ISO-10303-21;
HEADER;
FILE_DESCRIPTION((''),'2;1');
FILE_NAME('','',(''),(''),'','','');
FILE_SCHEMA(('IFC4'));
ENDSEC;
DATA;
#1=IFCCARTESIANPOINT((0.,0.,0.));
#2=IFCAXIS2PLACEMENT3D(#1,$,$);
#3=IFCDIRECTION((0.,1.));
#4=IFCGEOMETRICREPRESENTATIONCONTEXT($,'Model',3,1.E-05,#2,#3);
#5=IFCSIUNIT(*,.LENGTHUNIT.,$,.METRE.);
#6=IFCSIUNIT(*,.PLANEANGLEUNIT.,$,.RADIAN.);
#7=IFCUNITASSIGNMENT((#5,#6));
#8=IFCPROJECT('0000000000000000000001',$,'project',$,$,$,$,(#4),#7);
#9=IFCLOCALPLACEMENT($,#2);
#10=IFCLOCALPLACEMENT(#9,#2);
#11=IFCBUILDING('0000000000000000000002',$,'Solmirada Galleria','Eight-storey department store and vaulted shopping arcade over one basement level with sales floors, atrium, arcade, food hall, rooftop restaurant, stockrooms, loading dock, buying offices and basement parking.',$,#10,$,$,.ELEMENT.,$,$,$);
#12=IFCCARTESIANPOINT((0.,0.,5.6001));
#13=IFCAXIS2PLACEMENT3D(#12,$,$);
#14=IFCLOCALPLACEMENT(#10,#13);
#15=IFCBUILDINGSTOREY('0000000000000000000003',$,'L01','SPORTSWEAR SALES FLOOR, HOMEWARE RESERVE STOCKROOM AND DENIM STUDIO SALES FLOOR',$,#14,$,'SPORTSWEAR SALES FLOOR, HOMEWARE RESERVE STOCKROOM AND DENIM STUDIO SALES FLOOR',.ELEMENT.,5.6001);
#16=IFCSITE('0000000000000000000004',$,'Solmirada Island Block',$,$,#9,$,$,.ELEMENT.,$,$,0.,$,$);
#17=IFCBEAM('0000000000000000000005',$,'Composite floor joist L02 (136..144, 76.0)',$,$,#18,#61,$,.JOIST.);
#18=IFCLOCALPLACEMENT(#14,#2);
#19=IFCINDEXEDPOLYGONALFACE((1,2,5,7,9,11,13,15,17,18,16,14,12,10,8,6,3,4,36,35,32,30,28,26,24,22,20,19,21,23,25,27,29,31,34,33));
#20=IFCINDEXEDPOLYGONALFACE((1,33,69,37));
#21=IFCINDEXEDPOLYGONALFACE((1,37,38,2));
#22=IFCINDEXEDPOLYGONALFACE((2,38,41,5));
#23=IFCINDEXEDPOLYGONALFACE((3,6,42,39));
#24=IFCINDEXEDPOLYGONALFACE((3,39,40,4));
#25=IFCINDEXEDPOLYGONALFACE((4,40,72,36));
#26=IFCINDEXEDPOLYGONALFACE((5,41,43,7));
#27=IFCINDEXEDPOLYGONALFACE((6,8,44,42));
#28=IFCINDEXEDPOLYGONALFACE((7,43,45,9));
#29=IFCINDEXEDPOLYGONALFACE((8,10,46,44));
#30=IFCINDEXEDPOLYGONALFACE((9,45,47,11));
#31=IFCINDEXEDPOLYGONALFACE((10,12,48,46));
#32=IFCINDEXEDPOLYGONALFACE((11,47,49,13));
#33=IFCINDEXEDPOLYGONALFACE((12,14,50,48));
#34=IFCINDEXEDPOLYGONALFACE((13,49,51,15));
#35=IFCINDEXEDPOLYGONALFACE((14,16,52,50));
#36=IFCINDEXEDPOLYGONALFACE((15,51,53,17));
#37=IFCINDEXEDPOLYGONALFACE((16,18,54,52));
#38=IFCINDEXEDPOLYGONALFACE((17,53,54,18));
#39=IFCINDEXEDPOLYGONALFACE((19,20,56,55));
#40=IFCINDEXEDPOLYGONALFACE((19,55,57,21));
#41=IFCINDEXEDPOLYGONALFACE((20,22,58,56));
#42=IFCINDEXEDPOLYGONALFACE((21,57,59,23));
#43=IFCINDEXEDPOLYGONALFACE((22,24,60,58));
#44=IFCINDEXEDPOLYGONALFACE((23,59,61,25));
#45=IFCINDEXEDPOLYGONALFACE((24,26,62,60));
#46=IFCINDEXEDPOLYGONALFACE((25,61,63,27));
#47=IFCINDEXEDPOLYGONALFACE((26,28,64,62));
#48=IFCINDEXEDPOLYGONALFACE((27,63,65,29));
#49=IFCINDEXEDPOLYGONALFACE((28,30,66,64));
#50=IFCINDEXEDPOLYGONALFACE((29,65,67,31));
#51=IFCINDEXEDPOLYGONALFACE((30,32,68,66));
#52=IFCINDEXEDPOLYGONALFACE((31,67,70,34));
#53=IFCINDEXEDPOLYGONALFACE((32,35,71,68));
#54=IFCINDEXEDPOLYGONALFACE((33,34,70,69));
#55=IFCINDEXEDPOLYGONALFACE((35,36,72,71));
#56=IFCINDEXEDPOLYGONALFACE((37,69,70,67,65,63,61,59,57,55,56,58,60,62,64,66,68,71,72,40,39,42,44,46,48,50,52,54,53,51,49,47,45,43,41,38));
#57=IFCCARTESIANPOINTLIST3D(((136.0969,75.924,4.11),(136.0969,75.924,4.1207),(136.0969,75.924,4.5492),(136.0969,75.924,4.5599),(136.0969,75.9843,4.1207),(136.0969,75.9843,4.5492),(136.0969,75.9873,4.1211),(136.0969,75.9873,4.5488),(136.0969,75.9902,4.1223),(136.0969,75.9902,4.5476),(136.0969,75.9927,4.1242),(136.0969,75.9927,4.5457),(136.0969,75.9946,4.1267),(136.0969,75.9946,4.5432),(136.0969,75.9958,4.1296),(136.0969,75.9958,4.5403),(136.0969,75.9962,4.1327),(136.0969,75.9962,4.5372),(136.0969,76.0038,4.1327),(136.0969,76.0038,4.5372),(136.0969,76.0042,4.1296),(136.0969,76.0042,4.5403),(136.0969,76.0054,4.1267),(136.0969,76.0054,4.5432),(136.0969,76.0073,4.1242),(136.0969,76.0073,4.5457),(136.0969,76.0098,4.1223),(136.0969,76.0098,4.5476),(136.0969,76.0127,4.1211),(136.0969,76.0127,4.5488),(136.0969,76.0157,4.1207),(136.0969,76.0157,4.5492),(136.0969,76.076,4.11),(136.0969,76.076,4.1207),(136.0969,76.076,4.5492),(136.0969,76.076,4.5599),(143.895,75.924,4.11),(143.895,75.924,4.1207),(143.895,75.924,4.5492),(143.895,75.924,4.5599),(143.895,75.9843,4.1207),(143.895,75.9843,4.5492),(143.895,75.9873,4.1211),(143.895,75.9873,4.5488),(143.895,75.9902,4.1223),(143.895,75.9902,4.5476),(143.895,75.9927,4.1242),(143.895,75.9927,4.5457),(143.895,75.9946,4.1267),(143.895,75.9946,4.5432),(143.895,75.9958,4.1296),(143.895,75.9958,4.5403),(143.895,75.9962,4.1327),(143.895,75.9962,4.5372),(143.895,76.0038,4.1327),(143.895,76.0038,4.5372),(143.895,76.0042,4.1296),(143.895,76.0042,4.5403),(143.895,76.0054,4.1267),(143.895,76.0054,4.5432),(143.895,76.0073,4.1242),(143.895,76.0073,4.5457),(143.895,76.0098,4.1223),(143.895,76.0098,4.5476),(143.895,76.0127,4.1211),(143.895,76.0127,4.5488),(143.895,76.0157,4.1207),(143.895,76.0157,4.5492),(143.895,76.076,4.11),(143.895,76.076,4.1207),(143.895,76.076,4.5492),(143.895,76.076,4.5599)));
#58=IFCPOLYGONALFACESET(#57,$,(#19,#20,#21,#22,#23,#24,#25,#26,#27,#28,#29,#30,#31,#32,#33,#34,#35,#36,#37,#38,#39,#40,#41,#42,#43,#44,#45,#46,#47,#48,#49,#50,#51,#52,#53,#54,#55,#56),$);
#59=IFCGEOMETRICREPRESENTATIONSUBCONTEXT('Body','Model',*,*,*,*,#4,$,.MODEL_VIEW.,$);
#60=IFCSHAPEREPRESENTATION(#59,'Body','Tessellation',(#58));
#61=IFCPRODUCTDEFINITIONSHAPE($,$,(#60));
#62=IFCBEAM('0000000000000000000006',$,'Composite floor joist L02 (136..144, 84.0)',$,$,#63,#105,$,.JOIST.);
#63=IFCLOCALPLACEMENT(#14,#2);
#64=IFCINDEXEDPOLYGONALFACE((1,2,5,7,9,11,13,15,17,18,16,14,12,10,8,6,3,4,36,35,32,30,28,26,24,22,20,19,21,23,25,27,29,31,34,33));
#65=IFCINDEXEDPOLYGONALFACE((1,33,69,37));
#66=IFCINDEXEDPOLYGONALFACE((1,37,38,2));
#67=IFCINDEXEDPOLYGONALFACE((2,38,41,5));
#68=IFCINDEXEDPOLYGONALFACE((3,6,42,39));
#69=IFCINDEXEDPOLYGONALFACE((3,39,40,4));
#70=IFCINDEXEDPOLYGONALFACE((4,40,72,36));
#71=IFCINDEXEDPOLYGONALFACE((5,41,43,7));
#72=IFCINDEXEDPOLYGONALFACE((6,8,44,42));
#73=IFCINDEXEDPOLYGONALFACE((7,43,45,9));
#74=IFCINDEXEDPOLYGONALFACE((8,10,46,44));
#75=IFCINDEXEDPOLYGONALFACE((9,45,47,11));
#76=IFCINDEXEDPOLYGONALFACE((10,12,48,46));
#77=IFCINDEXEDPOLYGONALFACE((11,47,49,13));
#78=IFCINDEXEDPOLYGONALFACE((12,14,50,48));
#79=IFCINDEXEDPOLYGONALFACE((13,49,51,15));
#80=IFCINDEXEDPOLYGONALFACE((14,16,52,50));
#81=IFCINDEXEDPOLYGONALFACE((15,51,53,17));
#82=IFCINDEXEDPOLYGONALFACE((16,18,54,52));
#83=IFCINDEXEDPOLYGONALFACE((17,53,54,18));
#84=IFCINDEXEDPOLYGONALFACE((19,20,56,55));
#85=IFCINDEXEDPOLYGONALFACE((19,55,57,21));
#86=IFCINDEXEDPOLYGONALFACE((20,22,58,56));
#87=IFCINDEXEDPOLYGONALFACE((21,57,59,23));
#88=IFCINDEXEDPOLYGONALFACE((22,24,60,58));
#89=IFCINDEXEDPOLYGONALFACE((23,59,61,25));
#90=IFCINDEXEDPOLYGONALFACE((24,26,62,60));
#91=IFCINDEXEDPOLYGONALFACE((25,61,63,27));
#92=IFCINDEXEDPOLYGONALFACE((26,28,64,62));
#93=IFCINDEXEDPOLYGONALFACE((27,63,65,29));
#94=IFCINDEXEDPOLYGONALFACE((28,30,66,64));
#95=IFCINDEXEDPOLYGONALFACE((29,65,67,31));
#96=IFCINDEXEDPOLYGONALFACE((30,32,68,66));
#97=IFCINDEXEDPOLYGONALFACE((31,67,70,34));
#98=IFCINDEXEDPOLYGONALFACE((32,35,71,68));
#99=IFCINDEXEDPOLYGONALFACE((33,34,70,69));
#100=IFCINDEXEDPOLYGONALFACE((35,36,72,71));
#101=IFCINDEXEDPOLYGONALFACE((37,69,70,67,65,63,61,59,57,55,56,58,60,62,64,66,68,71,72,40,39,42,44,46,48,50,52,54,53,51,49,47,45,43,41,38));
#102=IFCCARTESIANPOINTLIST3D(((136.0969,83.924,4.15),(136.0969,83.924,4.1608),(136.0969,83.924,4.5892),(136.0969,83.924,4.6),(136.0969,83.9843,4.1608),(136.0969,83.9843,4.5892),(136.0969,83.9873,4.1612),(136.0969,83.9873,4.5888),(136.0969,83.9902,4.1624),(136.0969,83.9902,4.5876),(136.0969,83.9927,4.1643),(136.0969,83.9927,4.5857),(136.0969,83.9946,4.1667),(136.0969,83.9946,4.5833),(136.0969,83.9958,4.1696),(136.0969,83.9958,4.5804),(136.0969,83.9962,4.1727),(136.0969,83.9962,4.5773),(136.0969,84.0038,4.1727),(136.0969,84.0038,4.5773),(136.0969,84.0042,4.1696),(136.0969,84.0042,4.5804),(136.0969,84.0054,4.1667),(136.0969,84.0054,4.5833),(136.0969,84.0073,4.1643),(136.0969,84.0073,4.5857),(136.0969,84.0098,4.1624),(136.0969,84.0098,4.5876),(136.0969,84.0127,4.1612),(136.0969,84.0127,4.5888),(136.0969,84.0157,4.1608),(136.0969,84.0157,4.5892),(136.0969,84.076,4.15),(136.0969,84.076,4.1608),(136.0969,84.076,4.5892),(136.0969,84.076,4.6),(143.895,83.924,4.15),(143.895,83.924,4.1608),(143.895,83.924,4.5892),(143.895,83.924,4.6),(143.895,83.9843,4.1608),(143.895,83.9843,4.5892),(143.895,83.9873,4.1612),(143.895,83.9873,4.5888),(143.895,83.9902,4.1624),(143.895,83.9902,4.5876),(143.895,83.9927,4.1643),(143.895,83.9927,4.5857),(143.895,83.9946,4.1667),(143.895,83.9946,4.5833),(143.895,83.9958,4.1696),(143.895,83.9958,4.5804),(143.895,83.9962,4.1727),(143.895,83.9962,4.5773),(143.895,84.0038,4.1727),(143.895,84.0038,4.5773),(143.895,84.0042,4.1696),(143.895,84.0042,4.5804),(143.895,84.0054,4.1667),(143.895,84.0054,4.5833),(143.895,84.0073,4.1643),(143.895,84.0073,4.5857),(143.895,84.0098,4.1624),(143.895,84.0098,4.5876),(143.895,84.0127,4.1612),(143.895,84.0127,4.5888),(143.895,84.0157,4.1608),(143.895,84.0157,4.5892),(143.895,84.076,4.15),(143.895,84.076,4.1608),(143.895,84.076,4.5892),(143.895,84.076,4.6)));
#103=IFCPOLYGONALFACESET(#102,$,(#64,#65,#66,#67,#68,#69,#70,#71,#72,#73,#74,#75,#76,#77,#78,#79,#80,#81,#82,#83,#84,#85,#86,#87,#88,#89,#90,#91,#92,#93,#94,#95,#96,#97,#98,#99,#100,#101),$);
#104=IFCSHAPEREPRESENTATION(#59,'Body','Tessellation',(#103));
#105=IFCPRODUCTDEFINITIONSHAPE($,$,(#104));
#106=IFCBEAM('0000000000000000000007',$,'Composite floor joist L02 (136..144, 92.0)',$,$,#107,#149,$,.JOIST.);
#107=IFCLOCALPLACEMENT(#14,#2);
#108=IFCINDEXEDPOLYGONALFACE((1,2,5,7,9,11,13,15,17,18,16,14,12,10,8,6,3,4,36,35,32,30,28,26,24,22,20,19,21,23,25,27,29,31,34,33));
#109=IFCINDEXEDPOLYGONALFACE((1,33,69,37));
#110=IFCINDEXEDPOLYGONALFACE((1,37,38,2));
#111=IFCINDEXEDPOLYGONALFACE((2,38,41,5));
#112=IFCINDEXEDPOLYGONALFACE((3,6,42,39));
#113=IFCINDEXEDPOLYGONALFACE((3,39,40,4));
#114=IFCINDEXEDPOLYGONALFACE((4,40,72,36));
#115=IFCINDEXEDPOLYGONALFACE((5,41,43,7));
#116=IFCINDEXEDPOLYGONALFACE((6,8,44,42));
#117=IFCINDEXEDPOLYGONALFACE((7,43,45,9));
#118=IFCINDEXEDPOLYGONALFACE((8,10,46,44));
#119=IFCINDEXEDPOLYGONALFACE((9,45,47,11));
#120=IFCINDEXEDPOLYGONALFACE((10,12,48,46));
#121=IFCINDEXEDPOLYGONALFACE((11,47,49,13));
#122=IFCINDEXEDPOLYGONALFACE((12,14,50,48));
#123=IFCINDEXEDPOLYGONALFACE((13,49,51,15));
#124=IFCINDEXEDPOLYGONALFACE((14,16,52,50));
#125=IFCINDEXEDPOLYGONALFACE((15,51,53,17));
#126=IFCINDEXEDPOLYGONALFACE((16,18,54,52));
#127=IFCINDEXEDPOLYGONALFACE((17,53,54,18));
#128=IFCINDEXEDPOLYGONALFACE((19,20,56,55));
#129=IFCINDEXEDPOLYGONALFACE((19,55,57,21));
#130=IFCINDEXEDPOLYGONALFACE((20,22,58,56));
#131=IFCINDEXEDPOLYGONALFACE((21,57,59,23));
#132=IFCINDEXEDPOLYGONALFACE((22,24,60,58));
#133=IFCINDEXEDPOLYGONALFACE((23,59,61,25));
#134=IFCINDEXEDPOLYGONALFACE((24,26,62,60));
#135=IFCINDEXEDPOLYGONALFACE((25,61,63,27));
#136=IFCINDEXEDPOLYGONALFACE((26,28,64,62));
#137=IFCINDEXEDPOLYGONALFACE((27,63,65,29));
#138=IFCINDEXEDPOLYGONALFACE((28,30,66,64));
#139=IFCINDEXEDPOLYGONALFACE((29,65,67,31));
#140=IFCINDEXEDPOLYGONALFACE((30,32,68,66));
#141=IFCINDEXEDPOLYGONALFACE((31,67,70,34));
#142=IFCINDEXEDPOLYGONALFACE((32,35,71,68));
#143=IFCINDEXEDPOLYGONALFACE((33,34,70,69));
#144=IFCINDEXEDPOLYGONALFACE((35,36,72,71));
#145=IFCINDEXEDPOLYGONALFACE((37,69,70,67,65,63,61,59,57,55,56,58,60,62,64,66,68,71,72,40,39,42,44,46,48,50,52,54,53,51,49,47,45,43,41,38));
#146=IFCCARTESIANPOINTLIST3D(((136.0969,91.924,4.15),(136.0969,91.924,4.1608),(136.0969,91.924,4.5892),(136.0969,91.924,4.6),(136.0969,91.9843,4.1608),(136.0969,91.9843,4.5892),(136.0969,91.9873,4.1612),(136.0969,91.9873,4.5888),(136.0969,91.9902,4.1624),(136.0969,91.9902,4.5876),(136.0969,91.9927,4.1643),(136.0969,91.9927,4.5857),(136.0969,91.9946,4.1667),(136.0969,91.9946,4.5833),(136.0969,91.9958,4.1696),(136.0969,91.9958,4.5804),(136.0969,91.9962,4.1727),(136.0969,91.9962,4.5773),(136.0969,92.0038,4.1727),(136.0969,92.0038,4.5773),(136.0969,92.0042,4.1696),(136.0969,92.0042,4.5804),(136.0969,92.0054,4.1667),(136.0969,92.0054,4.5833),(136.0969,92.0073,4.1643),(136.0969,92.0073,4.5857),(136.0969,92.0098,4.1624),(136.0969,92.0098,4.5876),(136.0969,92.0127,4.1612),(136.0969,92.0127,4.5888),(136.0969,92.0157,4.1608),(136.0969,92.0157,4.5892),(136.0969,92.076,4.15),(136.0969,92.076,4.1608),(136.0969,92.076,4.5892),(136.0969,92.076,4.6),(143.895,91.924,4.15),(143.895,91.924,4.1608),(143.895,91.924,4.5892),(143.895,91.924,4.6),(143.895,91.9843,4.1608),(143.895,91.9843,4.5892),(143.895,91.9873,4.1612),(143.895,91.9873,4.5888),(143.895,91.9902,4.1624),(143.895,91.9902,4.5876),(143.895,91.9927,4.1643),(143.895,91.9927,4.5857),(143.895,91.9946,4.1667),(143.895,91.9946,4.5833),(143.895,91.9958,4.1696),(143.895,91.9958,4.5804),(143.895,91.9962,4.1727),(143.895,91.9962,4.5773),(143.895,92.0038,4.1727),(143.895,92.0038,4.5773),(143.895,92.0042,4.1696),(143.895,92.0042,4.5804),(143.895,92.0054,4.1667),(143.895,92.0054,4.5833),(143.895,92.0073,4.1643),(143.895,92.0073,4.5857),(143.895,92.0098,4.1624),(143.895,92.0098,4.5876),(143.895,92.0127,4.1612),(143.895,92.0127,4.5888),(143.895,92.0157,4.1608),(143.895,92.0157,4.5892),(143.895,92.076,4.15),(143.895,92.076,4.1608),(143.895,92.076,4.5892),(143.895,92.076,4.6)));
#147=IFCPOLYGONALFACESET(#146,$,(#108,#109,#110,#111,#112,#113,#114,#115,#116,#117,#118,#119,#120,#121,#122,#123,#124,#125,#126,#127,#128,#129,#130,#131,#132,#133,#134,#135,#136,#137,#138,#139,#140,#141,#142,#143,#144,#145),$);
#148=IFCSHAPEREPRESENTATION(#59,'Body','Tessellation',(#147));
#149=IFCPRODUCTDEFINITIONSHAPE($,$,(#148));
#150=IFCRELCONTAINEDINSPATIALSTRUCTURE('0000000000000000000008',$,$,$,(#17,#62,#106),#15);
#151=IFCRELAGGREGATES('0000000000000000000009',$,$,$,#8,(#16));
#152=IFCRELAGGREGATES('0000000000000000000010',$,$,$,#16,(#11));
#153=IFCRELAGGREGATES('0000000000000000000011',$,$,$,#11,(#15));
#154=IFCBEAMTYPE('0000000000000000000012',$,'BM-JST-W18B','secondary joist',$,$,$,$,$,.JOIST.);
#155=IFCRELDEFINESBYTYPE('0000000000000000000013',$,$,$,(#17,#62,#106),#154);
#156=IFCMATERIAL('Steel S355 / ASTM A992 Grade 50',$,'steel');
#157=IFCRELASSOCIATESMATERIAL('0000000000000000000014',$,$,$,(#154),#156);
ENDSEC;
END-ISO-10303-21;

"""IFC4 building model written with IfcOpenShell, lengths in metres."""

from ifc_helpers import new_model, si_unit, direction, frame, origin, origin_2d, place, context, subcontext, project, spatial, i_section, extrude, material, material_profile, profile_set, type_object, element, save


model = new_model("IFC4")

# Units and contexts
model_context = context("Model", 3, precision=1e-05, world=origin(), true_north=direction((0.0, 1.0)))
body_context = subcontext(model_context, "Body", "Model", "MODEL_VIEW")
ifc_project = project(units=[si_unit("LENGTHUNIT", "METRE"), si_unit("PLANEANGLEUNIT", "RADIAN")], contexts=[model_context])

# Site, building, storey
site_placement = place(None, origin())
site = spatial("IfcSite", under=ifc_project, at=site_placement, Name="Solmirada Island Block", CompositionType="ELEMENT", RefElevation=0.0)
building_placement = place(site_placement, origin())
building = spatial("IfcBuilding", under=site, at=building_placement, Name="Solmirada Galleria", Description="Eight-storey department store and vaulted shopping arcade over one basement level with sales floors, atrium, arcade, food hall, rooftop restaurant, stockrooms, loading dock, buying offices and basement parking.", CompositionType="ELEMENT")
storey_placement = place(building_placement, frame((0.0, 0.0, 5.6001)))
storey = spatial("IfcBuildingStorey", under=building, at=storey_placement, Name="L01", Description="SPORTSWEAR SALES FLOOR, HOMEWARE RESERVE STOCKROOM AND DENIM STUDIO SALES FLOOR", LongName="SPORTSWEAR SALES FLOOR, HOMEWARE RESERVE STOCKROOM AND DENIM STUDIO SALES FLOOR", CompositionType="ELEMENT", Elevation=5.6001)

# Beams
ifc_material_1 = material(Name="Steel S355 / ASTM A992 Grade 50", Category="steel")
ifc_material_profile_1 = material_profile(ifc_material_1, i_section(OverallWidth=0.1521, OverallDepth=0.45, WebThickness=0.0076, FlangeThickness=0.0107, FilletRadius=0.012, at=origin_2d()), Name="W18X35")
ifc_profile_set_1 = profile_set([ifc_material_profile_1], Name="Steel S355 / ASTM A992 Grade 50")
beam_type_1 = type_object("IfcBeamType", Name="BM-JST-W18B", Description="secondary joist", PredefinedType="JOIST", material=ifc_profile_set_1)
for number, where, z_axis, x_axis, name in (
    (1, (136.0969, 76.0, 4.335), (1.0, 0.0, 0.0), (0.0, 1.0, 0.0), "Composite floor joist L02 (136..144, 76.0)"),
    (2, (136.0969, 84.0, 4.375), (1.0, 0.0, 0.0), (0.0, 1.0, 0.0), "Composite floor joist L02 (136..144, 84.0)"),
    (3, (136.0969, 92.0, 4.375), (1.0, 0.0, 0.0), (0.0, 1.0, 0.0), "Composite floor joist L02 (136..144, 92.0)"),
):
    element("IfcBeam", number, at=place(storey_placement, frame(where, z_axis=z_axis, x_axis=x_axis)), inside=storey, type_object=beam_type_1, Name=name, PredefinedType="JOIST", context=body_context, shape_type="SweptSolid", body=[
        extrude(i_section(OverallWidth=0.1521, OverallDepth=0.45, WebThickness=0.0076, FlangeThickness=0.0107, FilletRadius=0.012, at=origin_2d()), origin(), (0.0, 0.0, 1.0), 7.7981),
    ])

save(model, "model.ifc")
